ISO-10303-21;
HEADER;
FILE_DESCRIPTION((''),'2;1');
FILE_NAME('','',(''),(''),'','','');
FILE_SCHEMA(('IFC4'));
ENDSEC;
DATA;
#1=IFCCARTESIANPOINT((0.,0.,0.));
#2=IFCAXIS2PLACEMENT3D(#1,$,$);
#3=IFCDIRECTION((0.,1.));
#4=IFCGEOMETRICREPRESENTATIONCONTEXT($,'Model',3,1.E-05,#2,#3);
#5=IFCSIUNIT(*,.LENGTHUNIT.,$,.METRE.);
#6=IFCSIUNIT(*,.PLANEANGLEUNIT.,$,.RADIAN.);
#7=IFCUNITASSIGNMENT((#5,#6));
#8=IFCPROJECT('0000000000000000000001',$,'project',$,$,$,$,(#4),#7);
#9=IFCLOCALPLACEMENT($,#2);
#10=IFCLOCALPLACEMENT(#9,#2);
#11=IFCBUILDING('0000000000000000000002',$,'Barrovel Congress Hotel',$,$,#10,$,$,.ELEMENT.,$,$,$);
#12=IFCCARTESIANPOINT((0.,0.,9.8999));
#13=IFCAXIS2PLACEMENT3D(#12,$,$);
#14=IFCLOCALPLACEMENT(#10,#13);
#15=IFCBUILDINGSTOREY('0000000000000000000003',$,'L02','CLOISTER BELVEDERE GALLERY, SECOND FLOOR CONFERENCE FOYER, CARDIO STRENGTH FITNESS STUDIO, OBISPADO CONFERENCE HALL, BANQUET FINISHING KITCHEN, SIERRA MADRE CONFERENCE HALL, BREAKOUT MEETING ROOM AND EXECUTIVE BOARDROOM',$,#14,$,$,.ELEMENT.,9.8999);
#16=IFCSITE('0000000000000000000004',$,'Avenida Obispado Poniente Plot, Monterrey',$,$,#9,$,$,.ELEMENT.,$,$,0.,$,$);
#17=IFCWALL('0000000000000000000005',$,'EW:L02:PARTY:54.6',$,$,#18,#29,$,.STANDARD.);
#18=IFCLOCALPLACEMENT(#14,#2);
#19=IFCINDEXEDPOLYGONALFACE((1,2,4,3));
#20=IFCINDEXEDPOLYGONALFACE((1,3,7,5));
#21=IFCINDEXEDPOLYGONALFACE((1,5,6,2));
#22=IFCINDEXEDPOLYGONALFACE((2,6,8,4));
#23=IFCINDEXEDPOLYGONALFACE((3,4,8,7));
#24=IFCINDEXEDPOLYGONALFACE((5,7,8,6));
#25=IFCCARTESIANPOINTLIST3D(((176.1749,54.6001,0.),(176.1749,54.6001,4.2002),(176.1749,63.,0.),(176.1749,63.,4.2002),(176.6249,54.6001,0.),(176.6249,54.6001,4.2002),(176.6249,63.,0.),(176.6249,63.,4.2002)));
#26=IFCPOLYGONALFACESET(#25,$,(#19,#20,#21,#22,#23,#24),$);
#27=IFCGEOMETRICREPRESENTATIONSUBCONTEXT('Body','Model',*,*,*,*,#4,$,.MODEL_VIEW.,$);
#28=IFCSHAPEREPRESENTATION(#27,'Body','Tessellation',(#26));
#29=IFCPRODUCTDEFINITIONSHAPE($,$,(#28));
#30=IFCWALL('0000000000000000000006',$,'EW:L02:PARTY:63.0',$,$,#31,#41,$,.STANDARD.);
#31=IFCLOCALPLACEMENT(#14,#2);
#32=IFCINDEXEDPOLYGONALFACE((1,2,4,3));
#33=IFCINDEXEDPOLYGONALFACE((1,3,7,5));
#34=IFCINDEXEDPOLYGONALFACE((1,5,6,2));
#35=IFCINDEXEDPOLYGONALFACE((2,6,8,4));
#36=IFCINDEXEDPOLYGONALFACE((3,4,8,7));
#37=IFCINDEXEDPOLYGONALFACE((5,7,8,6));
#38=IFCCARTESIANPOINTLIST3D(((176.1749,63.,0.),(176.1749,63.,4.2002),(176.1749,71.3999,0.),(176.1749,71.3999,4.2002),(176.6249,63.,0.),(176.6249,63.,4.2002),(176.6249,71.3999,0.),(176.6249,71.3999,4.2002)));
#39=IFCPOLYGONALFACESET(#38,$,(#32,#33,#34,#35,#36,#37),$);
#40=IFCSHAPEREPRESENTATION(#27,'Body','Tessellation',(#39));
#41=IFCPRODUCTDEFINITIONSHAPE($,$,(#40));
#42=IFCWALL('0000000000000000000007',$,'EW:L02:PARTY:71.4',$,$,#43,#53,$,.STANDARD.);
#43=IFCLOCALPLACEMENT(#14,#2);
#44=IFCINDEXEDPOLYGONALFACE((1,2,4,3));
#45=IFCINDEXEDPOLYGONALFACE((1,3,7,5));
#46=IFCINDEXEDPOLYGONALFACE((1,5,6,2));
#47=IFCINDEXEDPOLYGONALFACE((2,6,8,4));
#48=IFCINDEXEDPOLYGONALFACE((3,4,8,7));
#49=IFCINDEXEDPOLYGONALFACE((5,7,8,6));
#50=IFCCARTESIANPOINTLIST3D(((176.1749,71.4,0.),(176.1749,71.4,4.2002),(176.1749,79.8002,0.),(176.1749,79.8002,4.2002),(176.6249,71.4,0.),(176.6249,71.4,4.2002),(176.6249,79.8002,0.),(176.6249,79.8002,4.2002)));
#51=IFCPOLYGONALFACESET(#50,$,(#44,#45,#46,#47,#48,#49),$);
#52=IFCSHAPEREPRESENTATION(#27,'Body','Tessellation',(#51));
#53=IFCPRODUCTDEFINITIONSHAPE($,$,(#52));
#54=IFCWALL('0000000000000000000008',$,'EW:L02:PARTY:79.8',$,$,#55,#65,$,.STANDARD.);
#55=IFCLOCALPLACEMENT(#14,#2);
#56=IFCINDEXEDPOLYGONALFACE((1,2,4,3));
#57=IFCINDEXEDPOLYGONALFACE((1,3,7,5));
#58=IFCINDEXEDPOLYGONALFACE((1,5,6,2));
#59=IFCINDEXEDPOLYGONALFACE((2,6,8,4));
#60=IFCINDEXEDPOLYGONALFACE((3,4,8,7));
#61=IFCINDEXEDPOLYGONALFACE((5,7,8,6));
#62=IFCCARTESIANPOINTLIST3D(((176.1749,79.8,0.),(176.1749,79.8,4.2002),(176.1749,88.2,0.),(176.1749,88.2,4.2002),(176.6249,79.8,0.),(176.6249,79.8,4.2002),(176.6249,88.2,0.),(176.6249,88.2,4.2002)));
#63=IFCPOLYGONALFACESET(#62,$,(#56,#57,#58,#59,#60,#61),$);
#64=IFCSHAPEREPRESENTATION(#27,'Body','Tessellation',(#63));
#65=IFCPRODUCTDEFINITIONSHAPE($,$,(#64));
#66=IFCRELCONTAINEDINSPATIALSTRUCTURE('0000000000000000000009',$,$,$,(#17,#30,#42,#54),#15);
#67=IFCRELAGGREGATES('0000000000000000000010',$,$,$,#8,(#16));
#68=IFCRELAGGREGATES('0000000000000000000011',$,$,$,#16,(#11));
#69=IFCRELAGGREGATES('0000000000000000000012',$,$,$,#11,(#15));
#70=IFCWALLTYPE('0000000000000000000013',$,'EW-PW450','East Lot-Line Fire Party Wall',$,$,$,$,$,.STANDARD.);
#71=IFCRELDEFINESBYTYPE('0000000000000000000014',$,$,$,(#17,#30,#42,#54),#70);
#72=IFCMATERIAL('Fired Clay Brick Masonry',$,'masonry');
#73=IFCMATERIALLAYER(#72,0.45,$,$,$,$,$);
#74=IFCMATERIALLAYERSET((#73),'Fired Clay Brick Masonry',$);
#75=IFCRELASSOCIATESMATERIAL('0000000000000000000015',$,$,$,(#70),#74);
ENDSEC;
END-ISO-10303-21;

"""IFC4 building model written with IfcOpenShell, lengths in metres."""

from ifc_helpers import new_model, si_unit, direction, frame, frame_2d, origin, place, context, subcontext, project, spatial, rectangle, extrude, material, layer, layer_set, type_object, element, save


model = new_model("IFC4")

# Units and contexts
model_context = context("Model", 3, precision=1e-05, world=origin(), true_north=direction((0.0, 1.0)))
body_context = subcontext(model_context, "Body", "Model", "MODEL_VIEW")
ifc_project = project(units=[si_unit("LENGTHUNIT", "METRE"), si_unit("PLANEANGLEUNIT", "RADIAN")], contexts=[model_context])

# Site, building, storey
site_placement = place(None, origin())
site = spatial("IfcSite", under=ifc_project, at=site_placement, Name="Avenida Obispado Poniente Plot, Monterrey", CompositionType="ELEMENT", RefElevation=0.0)
building_placement = place(site_placement, origin())
building = spatial("IfcBuilding", under=site, at=building_placement, Name="Barrovel Congress Hotel", CompositionType="ELEMENT")
storey_placement = place(building_placement, frame((0.0, 0.0, 9.8999)))
storey = spatial("IfcBuildingStorey", under=building, at=storey_placement, Name="L02", Description="CLOISTER BELVEDERE GALLERY, SECOND FLOOR CONFERENCE FOYER, CARDIO STRENGTH FITNESS STUDIO, OBISPADO CONFERENCE HALL, BANQUET FINISHING KITCHEN, SIERRA MADRE CONFERENCE HALL, BREAKOUT MEETING ROOM AND EXECUTIVE BOARDROOM", CompositionType="ELEMENT", Elevation=9.8999)

# Walls
ifc_material_1 = material(Name="Fired Clay Brick Masonry", Category="masonry")
ifc_layer = layer(ifc_material_1, 0.45)
ifc_layer_set = layer_set([ifc_layer], Name="Fired Clay Brick Masonry")
wall_type = type_object("IfcWallType", Name="EW-PW450", Description="East Lot-Line Fire Party Wall", PredefinedType="STANDARD", material=ifc_layer_set)
for number, where, z_axis, x_axis, name in (
    (1, (176.3999, 54.6001, 0.0), (0.0, 0.0, 1.0), (0.0, 1.0, 0.0), "EW:L02:PARTY:54.6"),
    (2, (176.3999, 63.0, 0.0), (0.0, 0.0, 1.0), (0.0, 1.0, 0.0), "EW:L02:PARTY:63.0"),
):
    element("IfcWall", number, at=place(storey_placement, frame(where, z_axis=z_axis, x_axis=x_axis)), inside=storey, type_object=wall_type, Name=name, PredefinedType="STANDARD", context=body_context, shape_type="SweptSolid", body=[
        extrude(rectangle(XDim=8.3999, YDim=0.45, at=frame_2d((4.2, 0.0))), origin(), (0.0, 0.0, 1.0), 4.2002),
    ])
wall_1_placement = place(storey_placement, frame((176.3999, 71.3999, 0.0), z_axis=(0.0, 0.0, 1.0), x_axis=(0.0, 1.0, 0.0)))
element("IfcWall", 3, at=wall_1_placement, inside=storey, type_object=wall_type, Name="EW:L02:PARTY:71.4", PredefinedType="STANDARD", context=body_context, shape_type="SweptSolid", body=[
    extrude(rectangle(XDim=8.4001, YDim=0.45, at=frame_2d((4.2002, 0.0))), origin(), (0.0, 0.0, 1.0), 4.2002),
])
wall_2_placement = place(storey_placement, frame((176.3999, 79.8, 0.0), z_axis=(0.0, 0.0, 1.0), x_axis=(0.0, 1.0, 0.0)))
element("IfcWall", 4, at=wall_2_placement, inside=storey, type_object=wall_type, Name="EW:L02:PARTY:79.8", PredefinedType="STANDARD", context=body_context, shape_type="SweptSolid", body=[
    extrude(rectangle(XDim=8.3999, YDim=0.45, at=frame_2d((4.2, 0.0))), origin(), (0.0, 0.0, 1.0), 4.2002),
])

save(model, "model.ifc")
